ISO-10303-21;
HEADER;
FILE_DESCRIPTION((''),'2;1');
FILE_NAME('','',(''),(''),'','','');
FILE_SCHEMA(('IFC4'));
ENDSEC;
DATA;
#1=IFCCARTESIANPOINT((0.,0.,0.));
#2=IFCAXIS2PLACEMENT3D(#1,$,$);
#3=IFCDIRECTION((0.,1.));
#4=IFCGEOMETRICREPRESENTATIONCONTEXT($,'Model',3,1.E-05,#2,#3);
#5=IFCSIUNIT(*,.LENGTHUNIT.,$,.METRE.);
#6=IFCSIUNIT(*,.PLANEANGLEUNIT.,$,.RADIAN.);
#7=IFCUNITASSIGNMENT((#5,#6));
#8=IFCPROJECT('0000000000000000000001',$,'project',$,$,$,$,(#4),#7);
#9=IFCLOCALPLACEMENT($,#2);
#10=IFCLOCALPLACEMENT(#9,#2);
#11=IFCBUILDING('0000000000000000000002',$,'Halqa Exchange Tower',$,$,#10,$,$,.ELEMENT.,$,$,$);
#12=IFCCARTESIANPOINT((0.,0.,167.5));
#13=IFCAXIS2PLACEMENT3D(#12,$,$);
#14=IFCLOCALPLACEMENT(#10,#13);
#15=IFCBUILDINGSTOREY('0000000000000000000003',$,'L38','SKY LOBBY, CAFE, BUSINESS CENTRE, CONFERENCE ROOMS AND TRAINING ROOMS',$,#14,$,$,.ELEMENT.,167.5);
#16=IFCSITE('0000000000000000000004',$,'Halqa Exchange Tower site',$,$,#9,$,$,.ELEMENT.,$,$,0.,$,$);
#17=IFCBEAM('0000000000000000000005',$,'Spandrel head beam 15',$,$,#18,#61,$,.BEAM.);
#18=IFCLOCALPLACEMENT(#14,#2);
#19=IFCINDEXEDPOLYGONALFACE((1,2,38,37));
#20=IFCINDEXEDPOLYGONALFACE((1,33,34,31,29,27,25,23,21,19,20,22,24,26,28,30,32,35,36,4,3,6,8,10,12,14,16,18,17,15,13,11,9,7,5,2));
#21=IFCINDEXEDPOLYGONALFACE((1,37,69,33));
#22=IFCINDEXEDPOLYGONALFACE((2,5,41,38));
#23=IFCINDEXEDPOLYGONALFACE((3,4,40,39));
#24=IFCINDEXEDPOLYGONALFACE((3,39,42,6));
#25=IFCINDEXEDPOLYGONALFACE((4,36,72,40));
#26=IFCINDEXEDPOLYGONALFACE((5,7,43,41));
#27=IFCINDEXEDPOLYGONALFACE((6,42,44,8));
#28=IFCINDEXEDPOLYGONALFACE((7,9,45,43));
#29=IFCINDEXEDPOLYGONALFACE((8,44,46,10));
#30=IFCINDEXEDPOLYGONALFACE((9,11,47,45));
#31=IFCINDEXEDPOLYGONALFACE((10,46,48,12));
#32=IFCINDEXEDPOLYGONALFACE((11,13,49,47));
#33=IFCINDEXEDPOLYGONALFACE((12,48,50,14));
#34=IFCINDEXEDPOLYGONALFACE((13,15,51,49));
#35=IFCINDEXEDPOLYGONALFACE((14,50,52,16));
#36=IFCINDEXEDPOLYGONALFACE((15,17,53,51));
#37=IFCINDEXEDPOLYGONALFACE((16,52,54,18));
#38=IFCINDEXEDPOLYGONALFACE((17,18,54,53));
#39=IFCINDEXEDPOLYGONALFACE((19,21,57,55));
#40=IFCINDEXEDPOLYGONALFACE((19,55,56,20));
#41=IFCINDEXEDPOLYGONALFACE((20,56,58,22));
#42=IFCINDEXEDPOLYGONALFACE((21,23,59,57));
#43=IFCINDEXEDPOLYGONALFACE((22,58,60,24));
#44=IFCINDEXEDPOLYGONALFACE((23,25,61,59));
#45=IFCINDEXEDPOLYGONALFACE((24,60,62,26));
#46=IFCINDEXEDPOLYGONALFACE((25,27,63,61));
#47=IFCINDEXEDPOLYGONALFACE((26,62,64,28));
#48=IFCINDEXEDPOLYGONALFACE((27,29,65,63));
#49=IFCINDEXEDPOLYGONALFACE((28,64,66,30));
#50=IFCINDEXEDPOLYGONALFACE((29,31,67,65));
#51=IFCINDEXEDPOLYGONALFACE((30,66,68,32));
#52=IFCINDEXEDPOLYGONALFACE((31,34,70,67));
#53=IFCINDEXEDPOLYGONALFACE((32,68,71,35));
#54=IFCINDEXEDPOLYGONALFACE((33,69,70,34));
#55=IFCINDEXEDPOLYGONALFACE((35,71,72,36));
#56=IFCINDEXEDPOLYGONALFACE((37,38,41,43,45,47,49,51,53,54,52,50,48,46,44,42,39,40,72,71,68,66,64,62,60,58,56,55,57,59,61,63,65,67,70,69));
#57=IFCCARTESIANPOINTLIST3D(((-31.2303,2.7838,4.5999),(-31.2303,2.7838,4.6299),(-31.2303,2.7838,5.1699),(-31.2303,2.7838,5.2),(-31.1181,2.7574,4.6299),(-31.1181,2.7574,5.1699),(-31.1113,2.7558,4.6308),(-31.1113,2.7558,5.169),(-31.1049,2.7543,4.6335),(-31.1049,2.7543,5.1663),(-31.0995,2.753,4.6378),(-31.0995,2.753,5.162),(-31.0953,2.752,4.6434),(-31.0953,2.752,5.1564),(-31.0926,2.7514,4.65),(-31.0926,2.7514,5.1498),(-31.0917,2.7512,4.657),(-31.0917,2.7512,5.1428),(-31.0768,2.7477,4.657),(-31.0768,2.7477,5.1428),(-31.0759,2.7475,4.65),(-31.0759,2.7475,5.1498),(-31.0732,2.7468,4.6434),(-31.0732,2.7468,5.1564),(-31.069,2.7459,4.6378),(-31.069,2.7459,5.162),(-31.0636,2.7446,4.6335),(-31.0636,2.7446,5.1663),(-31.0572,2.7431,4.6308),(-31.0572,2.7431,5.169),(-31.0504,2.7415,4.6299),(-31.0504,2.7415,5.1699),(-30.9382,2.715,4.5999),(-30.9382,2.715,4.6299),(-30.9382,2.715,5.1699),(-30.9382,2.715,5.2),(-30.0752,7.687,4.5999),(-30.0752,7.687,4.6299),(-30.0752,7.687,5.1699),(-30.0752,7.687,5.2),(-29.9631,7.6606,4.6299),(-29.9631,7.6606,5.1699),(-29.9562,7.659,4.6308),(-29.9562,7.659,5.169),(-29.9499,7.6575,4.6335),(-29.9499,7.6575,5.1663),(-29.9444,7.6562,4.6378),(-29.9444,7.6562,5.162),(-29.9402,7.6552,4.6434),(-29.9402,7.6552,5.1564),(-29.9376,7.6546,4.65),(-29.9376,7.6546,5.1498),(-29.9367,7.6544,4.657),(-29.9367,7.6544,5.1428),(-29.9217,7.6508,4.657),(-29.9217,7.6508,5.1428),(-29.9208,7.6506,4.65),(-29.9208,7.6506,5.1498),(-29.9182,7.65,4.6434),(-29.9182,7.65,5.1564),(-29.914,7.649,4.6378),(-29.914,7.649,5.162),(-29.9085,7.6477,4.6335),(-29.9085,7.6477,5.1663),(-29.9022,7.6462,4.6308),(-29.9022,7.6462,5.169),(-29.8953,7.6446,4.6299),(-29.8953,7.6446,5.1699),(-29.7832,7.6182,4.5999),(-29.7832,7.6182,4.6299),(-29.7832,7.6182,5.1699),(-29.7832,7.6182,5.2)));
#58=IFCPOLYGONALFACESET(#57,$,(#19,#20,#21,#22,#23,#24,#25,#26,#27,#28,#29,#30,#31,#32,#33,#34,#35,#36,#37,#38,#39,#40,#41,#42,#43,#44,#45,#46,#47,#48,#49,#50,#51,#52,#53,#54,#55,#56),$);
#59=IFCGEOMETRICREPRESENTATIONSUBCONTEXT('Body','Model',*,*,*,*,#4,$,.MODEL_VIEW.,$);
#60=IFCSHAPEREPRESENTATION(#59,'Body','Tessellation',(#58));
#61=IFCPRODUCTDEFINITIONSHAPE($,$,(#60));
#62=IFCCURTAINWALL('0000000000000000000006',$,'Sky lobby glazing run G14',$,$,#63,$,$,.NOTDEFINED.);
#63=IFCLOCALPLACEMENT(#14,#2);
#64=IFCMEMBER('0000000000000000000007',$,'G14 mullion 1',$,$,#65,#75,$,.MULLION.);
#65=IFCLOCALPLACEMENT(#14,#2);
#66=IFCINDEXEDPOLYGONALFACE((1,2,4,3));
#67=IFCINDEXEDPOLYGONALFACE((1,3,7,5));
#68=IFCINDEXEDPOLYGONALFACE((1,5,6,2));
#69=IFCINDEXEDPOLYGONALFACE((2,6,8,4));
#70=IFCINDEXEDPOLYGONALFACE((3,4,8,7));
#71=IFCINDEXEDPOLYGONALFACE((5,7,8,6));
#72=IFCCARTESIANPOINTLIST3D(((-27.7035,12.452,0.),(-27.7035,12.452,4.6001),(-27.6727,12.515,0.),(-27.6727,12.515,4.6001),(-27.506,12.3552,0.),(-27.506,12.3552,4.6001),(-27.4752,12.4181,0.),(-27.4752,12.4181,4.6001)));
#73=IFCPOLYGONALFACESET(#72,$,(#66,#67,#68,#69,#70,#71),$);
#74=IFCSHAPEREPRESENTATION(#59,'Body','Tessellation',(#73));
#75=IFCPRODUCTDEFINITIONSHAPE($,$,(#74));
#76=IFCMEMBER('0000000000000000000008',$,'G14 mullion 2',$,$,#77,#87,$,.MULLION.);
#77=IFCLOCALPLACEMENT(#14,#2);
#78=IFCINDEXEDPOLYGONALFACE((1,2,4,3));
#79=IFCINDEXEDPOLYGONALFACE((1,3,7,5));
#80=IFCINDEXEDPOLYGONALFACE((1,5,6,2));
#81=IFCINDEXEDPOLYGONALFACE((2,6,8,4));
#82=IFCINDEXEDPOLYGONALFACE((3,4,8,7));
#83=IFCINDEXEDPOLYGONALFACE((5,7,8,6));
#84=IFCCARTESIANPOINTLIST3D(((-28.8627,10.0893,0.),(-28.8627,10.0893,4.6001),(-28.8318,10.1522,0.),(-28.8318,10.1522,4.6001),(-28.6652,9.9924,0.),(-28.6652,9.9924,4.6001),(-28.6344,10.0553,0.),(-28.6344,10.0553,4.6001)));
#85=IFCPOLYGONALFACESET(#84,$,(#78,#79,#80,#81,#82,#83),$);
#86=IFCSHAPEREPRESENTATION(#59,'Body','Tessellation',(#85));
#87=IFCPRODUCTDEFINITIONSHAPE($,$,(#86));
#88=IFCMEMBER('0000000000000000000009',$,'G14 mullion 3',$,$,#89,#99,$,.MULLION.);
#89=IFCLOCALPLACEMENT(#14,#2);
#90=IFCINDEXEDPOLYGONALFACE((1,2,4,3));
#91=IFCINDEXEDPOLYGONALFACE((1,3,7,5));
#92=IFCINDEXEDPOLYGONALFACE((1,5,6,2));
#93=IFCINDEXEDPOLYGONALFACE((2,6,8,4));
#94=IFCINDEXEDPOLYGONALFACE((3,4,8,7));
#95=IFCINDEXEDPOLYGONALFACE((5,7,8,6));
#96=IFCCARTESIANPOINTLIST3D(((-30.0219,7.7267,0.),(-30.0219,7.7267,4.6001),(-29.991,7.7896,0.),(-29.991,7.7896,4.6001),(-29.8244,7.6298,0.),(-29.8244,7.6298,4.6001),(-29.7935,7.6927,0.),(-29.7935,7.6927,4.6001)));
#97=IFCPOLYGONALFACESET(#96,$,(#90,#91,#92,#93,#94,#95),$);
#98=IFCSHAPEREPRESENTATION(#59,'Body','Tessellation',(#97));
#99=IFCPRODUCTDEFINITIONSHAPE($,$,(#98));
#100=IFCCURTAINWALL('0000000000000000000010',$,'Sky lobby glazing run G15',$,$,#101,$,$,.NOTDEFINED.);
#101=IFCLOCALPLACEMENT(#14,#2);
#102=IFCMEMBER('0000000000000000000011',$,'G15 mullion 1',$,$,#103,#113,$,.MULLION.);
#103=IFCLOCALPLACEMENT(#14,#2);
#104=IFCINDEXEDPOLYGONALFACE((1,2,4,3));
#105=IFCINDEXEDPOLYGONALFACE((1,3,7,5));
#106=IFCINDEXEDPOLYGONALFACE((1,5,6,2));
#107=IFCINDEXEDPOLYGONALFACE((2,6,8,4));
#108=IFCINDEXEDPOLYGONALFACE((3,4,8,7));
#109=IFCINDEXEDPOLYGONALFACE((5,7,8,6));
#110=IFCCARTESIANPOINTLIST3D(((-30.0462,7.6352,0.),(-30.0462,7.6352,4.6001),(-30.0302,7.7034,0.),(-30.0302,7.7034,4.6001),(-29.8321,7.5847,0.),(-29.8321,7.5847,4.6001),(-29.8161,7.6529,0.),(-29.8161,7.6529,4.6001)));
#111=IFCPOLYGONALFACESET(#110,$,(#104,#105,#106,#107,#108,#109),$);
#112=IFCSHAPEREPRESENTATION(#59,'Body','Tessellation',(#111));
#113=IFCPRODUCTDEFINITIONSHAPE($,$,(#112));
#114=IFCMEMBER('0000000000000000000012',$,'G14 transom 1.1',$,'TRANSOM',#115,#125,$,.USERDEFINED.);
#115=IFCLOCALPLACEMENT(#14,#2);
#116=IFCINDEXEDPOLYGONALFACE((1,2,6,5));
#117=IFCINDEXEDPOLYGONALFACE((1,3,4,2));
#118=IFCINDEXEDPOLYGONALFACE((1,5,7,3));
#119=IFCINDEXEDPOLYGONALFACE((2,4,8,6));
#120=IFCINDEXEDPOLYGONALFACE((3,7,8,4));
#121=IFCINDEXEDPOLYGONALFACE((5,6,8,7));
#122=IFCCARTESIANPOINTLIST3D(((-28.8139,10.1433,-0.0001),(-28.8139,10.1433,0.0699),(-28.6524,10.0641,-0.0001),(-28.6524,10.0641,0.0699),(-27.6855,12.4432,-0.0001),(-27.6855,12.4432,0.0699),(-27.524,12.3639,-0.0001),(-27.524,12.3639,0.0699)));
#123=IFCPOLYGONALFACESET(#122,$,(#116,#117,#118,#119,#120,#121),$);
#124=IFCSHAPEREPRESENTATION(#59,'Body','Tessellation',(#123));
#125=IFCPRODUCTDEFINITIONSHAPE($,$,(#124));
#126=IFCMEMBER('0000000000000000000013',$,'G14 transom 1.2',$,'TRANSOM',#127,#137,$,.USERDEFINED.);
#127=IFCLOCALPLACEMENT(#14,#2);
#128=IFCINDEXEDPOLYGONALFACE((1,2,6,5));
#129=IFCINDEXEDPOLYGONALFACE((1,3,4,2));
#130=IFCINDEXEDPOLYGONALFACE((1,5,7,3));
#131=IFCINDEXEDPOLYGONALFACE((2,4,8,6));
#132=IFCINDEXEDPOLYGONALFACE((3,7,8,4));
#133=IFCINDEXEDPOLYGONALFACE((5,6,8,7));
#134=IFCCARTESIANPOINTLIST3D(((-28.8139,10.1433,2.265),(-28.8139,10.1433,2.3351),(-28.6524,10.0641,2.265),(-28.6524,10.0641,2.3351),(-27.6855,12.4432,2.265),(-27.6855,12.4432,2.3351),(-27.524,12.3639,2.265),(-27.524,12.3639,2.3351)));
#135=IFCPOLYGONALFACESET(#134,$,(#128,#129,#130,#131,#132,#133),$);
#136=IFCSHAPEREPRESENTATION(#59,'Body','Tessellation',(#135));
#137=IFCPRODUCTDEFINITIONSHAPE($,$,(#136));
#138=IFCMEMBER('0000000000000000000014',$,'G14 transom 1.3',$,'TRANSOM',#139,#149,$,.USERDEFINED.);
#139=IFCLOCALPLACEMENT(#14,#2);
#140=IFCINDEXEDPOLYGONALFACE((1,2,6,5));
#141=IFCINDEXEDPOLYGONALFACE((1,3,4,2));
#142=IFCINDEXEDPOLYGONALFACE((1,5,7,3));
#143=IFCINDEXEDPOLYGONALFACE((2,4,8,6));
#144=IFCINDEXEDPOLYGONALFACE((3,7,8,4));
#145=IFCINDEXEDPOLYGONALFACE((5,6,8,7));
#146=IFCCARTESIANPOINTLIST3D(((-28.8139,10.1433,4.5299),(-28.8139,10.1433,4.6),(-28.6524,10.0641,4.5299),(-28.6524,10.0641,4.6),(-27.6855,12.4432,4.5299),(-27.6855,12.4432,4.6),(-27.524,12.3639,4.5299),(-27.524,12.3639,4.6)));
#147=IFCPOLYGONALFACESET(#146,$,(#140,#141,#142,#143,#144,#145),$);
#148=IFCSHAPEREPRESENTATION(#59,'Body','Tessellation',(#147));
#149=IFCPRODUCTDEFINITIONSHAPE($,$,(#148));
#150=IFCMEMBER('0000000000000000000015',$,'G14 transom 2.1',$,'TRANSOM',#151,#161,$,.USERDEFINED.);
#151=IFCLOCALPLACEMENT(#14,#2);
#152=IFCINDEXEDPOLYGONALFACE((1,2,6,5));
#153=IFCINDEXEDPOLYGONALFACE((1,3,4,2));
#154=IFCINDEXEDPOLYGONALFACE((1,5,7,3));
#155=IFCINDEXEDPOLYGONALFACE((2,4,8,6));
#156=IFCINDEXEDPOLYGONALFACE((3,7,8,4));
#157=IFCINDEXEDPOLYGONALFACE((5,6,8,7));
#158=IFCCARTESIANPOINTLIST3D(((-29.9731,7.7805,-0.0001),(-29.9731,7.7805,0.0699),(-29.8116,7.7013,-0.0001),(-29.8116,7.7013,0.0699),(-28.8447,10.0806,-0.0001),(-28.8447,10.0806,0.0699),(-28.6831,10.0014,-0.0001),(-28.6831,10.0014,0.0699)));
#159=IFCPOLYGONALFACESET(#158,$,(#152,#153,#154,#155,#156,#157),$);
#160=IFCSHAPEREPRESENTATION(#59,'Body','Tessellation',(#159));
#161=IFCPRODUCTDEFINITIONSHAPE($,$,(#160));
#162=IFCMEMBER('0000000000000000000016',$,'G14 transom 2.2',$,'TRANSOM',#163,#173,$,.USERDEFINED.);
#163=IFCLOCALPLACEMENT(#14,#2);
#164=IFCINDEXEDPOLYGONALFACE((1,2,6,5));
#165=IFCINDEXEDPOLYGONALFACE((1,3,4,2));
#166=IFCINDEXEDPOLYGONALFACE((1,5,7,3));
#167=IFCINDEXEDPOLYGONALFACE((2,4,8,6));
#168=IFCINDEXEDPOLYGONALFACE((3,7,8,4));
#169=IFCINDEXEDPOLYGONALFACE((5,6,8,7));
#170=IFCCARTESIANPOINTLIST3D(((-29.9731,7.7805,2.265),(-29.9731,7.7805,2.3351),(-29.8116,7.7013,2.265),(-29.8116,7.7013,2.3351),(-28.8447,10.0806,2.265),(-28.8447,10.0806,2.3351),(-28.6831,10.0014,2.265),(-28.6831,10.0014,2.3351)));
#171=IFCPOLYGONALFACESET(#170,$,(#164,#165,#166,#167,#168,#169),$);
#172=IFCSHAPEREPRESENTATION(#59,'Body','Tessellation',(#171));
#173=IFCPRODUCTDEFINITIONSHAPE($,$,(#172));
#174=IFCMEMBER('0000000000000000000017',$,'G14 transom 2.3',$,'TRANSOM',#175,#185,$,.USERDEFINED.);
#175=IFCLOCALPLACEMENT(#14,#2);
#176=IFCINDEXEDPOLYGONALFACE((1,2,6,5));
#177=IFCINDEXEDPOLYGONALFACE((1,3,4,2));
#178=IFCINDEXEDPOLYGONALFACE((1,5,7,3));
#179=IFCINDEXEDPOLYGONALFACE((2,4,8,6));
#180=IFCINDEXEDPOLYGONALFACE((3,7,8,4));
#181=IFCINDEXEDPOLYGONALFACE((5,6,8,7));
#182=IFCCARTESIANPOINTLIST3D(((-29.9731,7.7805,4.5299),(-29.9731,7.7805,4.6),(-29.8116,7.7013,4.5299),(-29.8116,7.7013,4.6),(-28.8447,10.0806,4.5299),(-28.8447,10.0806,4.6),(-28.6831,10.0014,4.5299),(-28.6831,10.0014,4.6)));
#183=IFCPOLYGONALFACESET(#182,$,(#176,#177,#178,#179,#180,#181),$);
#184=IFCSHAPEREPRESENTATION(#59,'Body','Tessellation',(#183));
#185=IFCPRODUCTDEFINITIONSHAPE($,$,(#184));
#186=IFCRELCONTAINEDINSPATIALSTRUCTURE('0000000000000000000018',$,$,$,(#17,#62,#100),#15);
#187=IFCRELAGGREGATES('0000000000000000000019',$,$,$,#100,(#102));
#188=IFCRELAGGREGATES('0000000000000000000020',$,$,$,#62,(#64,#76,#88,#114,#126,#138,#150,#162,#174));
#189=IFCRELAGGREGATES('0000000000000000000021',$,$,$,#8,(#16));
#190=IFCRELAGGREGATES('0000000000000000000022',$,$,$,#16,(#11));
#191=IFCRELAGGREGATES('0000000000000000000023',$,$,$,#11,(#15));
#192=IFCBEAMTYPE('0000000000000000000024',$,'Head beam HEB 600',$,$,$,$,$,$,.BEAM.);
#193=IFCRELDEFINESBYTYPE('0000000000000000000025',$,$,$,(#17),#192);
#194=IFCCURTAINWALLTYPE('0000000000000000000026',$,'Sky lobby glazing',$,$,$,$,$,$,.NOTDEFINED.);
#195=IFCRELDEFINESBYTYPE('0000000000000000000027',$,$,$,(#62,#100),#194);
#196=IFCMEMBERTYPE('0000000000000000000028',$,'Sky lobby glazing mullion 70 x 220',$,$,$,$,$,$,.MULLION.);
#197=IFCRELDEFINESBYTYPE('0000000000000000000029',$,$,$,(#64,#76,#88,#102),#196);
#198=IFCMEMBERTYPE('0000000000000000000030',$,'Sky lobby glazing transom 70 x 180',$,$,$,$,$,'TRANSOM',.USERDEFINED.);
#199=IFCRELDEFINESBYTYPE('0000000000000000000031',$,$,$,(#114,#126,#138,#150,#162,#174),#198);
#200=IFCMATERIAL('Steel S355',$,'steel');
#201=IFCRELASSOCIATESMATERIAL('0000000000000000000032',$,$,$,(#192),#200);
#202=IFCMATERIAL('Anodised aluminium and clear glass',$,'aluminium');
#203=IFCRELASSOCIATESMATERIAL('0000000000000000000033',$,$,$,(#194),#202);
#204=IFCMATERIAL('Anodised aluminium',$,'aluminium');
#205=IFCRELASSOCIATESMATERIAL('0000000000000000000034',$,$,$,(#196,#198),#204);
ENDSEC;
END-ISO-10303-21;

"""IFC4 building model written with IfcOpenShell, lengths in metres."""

from ifc_helpers import new_model, si_unit, direction, frame, origin, origin_2d, place, context, subcontext, project, spatial, rectangle, i_section, extrude, material, material_profile, profile_set, type_object, element, aggregate, save


model = new_model("IFC4")

# Units and contexts
model_context = context("Model", 3, precision=1e-05, world=origin(), true_north=direction((0.0, 1.0)))
body_context = subcontext(model_context, "Body", "Model", "MODEL_VIEW")
ifc_project = project(units=[si_unit("LENGTHUNIT", "METRE"), si_unit("PLANEANGLEUNIT", "RADIAN")], contexts=[model_context])

# Site, building, storey
site_placement = place(None, origin())
site = spatial("IfcSite", under=ifc_project, at=site_placement, Name="Halqa Exchange Tower site", CompositionType="ELEMENT", RefElevation=0.0)
building_placement = place(site_placement, origin())
building = spatial("IfcBuilding", under=site, at=building_placement, Name="Halqa Exchange Tower", CompositionType="ELEMENT")
storey_placement = place(building_placement, frame((0.0, 0.0, 167.5)))
storey = spatial("IfcBuildingStorey", under=building, at=storey_placement, Name="L38", Description="SKY LOBBY, CAFE, BUSINESS CENTRE, CONFERENCE ROOMS AND TRAINING ROOMS", CompositionType="ELEMENT", Elevation=167.5)

# Beam
ifc_material_1 = material(Name="Steel S355", Category="steel")
ifc_material_profile_1 = material_profile(ifc_material_1, i_section(OverallWidth=0.3, OverallDepth=0.6001, WebThickness=0.0154, FlangeThickness=0.03, FilletRadius=0.0271, at=origin_2d()), Name="HEB 600")
ifc_profile_set_1 = profile_set([ifc_material_profile_1], Name="Steel S355")
beam_type = type_object("IfcBeamType", Name="Head beam HEB 600", PredefinedType="BEAM", material=ifc_profile_set_1)
beam_placement = place(storey_placement, frame((-29.9292, 7.6526, 4.8999), z_axis=(-0.229296, -0.973357, 0.0), x_axis=(0.973357, -0.229296, 0.0)))
element("IfcBeam", 1, at=beam_placement, inside=storey, type_object=beam_type, Name="Spandrel head beam 15", PredefinedType="BEAM", context=body_context, shape_type="SweptSolid", body=[
    extrude(i_section(OverallWidth=0.3, OverallDepth=0.6001, WebThickness=0.0154, FlangeThickness=0.03, FilletRadius=0.0271, at=origin_2d()), origin(), (0.0, 0.0, 1.0), 5.0374),
])

# Curtain wall, members
ifc_material_2 = material(Name="Anodised aluminium and clear glass", Category="aluminium")
curtain_wall_type = type_object("IfcCurtainWallType", Name="Sky lobby glazing", PredefinedType="NOTDEFINED", material=ifc_material_2)
curtain_wall_1_placement = place(storey_placement, origin())
curtain_wall_1 = element("IfcCurtainWall", 2, at=curtain_wall_1_placement, inside=storey, type_object=curtain_wall_type, Name="Sky lobby glazing run G14", PredefinedType="NOTDEFINED")
ifc_material_3 = material(Name="Anodised aluminium", Category="aluminium")
ifc_material_profile_2 = material_profile(ifc_material_3, rectangle(XDim=0.22, YDim=0.0701, at=origin_2d()), Name="AL 70x220")
ifc_profile_set_2 = profile_set([ifc_material_profile_2], Name="Anodised aluminium")
member_type_1 = type_object("IfcMemberType", Name="Sky lobby glazing mullion 70 x 220", PredefinedType="MULLION", material=ifc_profile_set_2)
member_1_placement = place(storey_placement, frame((-27.5894, 12.4351, 0.0), z_axis=(0.0, 0.0, 1.0), x_axis=(0.89778, -0.440444, 0.0)))
member_1 = element("IfcMember", 3, at=member_1_placement, type_object=member_type_1, Name="G14 mullion 1", PredefinedType="MULLION", context=body_context, shape_type="SweptSolid", body=[
    extrude(rectangle(XDim=0.22, YDim=0.0701, at=origin_2d()), origin(), (0.0, 0.0, 1.0), 4.6001),
])
member_2_placement = place(storey_placement, frame((-28.7485, 10.0723, 0.0), z_axis=(0.0, 0.0, 1.0), x_axis=(0.89778, -0.440444, 0.0)))
member_2 = element("IfcMember", 4, at=member_2_placement, type_object=member_type_1, Name="G14 mullion 2", PredefinedType="MULLION", context=body_context, shape_type="SweptSolid", body=[
    extrude(rectangle(XDim=0.22, YDim=0.0701, at=origin_2d()), origin(), (0.0, 0.0, 1.0), 4.6001),
])
member_3_placement = place(storey_placement, frame((-29.9077, 7.7097, 0.0), z_axis=(0.0, 0.0, 1.0), x_axis=(0.89778, -0.440444, 0.0)))
member_3 = element("IfcMember", 5, at=member_3_placement, type_object=member_type_1, Name="G14 mullion 3", PredefinedType="MULLION", context=body_context, shape_type="SweptSolid", body=[
    extrude(rectangle(XDim=0.22, YDim=0.0701, at=origin_2d()), origin(), (0.0, 0.0, 1.0), 4.6001),
])

# Curtain wall, member
curtain_wall_2_placement = place(storey_placement, origin())
curtain_wall_2 = element("IfcCurtainWall", 6, at=curtain_wall_2_placement, inside=storey, type_object=curtain_wall_type, Name="Sky lobby glazing run G15", PredefinedType="NOTDEFINED")
member_4_placement = place(storey_placement, frame((-29.9312, 7.644, 0.0), z_axis=(0.0, 0.0, 1.0), x_axis=(0.973352, -0.229318, 0.0)))
member_4 = element("IfcMember", 7, at=member_4_placement, type_object=member_type_1, Name="G15 mullion 1", PredefinedType="MULLION", context=body_context, shape_type="SweptSolid", body=[
    extrude(rectangle(XDim=0.22, YDim=0.0701, at=origin_2d()), origin(), (0.0, 0.0, 1.0), 4.6001),
])
aggregate(curtain_wall_2, [member_4])

# Members
ifc_material_profile_3 = material_profile(ifc_material_3, rectangle(XDim=0.1799, YDim=0.0701, at=origin_2d()), Name="AL 70x180")
ifc_profile_set_3 = profile_set([ifc_material_profile_3], Name="Anodised aluminium")
member_type_2 = type_object("IfcMemberType", Name="Sky lobby glazing transom 70 x 180", ElementType="TRANSOM", PredefinedType="USERDEFINED", material=ifc_profile_set_3)
member_5_placement = place(storey_placement, frame((-27.6047, 12.4036, 0.0349), z_axis=(-0.440492, -0.897757, 0.0), x_axis=(0.897757, -0.440492, 0.0)))
member_5 = element("IfcMember", 8, at=member_5_placement, type_object=member_type_2, Name="G14 transom 1.1", ObjectType="TRANSOM", PredefinedType="USERDEFINED", context=body_context, shape_type="SweptSolid", body=[
    extrude(rectangle(XDim=0.1799, YDim=0.0701, at=origin_2d()), origin(), (0.0, 0.0, 1.0), 2.5618),
])
member_6_placement = place(storey_placement, frame((-27.6047, 12.4036, 2.3), z_axis=(-0.440492, -0.897757, 0.0), x_axis=(0.897757, -0.440492, 0.0)))
member_6 = element("IfcMember", 9, at=member_6_placement, type_object=member_type_2, Name="G14 transom 1.2", ObjectType="TRANSOM", PredefinedType="USERDEFINED", context=body_context, shape_type="SweptSolid", body=[
    extrude(rectangle(XDim=0.1799, YDim=0.0701, at=origin_2d()), origin(), (0.0, 0.0, 1.0), 2.5618),
])
member_7_placement = place(storey_placement, frame((-27.6047, 12.4036, 4.5649), z_axis=(-0.440492, -0.897757, 0.0), x_axis=(0.897757, -0.440492, 0.0)))
member_7 = element("IfcMember", 10, at=member_7_placement, type_object=member_type_2, Name="G14 transom 1.3", ObjectType="TRANSOM", PredefinedType="USERDEFINED", context=body_context, shape_type="SweptSolid", body=[
    extrude(rectangle(XDim=0.1799, YDim=0.0701, at=origin_2d()), origin(), (0.0, 0.0, 1.0), 2.5618),
])
member_8_placement = place(storey_placement, frame((-28.7639, 10.041, 0.0349), z_axis=(-0.440454, -0.897775, 0.0), x_axis=(0.897775, -0.440454, 0.0)))
member_8 = element("IfcMember", 11, at=member_8_placement, type_object=member_type_2, Name="G14 transom 2.1", ObjectType="TRANSOM", PredefinedType="USERDEFINED", context=body_context, shape_type="SweptSolid", body=[
    extrude(rectangle(XDim=0.1799, YDim=0.0701, at=origin_2d()), origin(), (0.0, 0.0, 1.0), 2.562),
])
member_9_placement = place(storey_placement, frame((-28.7639, 10.041, 2.3), z_axis=(-0.440454, -0.897775, 0.0), x_axis=(0.897775, -0.440454, 0.0)))
member_9 = element("IfcMember", 12, at=member_9_placement, type_object=member_type_2, Name="G14 transom 2.2", ObjectType="TRANSOM", PredefinedType="USERDEFINED", context=body_context, shape_type="SweptSolid", body=[
    extrude(rectangle(XDim=0.1799, YDim=0.0701, at=origin_2d()), origin(), (0.0, 0.0, 1.0), 2.562),
])
member_10_placement = place(storey_placement, frame((-28.7639, 10.041, 4.5649), z_axis=(-0.440454, -0.897775, 0.0), x_axis=(0.897775, -0.440454, 0.0)))
member_10 = element("IfcMember", 13, at=member_10_placement, type_object=member_type_2, Name="G14 transom 2.3", ObjectType="TRANSOM", PredefinedType="USERDEFINED", context=body_context, shape_type="SweptSolid", body=[
    extrude(rectangle(XDim=0.1799, YDim=0.0701, at=origin_2d()), origin(), (0.0, 0.0, 1.0), 2.562),
])

aggregate(curtain_wall_1, [member_1, member_2, member_3, member_5, member_6, member_7, member_8, member_9, member_10])

save(model, "model.ifc")
